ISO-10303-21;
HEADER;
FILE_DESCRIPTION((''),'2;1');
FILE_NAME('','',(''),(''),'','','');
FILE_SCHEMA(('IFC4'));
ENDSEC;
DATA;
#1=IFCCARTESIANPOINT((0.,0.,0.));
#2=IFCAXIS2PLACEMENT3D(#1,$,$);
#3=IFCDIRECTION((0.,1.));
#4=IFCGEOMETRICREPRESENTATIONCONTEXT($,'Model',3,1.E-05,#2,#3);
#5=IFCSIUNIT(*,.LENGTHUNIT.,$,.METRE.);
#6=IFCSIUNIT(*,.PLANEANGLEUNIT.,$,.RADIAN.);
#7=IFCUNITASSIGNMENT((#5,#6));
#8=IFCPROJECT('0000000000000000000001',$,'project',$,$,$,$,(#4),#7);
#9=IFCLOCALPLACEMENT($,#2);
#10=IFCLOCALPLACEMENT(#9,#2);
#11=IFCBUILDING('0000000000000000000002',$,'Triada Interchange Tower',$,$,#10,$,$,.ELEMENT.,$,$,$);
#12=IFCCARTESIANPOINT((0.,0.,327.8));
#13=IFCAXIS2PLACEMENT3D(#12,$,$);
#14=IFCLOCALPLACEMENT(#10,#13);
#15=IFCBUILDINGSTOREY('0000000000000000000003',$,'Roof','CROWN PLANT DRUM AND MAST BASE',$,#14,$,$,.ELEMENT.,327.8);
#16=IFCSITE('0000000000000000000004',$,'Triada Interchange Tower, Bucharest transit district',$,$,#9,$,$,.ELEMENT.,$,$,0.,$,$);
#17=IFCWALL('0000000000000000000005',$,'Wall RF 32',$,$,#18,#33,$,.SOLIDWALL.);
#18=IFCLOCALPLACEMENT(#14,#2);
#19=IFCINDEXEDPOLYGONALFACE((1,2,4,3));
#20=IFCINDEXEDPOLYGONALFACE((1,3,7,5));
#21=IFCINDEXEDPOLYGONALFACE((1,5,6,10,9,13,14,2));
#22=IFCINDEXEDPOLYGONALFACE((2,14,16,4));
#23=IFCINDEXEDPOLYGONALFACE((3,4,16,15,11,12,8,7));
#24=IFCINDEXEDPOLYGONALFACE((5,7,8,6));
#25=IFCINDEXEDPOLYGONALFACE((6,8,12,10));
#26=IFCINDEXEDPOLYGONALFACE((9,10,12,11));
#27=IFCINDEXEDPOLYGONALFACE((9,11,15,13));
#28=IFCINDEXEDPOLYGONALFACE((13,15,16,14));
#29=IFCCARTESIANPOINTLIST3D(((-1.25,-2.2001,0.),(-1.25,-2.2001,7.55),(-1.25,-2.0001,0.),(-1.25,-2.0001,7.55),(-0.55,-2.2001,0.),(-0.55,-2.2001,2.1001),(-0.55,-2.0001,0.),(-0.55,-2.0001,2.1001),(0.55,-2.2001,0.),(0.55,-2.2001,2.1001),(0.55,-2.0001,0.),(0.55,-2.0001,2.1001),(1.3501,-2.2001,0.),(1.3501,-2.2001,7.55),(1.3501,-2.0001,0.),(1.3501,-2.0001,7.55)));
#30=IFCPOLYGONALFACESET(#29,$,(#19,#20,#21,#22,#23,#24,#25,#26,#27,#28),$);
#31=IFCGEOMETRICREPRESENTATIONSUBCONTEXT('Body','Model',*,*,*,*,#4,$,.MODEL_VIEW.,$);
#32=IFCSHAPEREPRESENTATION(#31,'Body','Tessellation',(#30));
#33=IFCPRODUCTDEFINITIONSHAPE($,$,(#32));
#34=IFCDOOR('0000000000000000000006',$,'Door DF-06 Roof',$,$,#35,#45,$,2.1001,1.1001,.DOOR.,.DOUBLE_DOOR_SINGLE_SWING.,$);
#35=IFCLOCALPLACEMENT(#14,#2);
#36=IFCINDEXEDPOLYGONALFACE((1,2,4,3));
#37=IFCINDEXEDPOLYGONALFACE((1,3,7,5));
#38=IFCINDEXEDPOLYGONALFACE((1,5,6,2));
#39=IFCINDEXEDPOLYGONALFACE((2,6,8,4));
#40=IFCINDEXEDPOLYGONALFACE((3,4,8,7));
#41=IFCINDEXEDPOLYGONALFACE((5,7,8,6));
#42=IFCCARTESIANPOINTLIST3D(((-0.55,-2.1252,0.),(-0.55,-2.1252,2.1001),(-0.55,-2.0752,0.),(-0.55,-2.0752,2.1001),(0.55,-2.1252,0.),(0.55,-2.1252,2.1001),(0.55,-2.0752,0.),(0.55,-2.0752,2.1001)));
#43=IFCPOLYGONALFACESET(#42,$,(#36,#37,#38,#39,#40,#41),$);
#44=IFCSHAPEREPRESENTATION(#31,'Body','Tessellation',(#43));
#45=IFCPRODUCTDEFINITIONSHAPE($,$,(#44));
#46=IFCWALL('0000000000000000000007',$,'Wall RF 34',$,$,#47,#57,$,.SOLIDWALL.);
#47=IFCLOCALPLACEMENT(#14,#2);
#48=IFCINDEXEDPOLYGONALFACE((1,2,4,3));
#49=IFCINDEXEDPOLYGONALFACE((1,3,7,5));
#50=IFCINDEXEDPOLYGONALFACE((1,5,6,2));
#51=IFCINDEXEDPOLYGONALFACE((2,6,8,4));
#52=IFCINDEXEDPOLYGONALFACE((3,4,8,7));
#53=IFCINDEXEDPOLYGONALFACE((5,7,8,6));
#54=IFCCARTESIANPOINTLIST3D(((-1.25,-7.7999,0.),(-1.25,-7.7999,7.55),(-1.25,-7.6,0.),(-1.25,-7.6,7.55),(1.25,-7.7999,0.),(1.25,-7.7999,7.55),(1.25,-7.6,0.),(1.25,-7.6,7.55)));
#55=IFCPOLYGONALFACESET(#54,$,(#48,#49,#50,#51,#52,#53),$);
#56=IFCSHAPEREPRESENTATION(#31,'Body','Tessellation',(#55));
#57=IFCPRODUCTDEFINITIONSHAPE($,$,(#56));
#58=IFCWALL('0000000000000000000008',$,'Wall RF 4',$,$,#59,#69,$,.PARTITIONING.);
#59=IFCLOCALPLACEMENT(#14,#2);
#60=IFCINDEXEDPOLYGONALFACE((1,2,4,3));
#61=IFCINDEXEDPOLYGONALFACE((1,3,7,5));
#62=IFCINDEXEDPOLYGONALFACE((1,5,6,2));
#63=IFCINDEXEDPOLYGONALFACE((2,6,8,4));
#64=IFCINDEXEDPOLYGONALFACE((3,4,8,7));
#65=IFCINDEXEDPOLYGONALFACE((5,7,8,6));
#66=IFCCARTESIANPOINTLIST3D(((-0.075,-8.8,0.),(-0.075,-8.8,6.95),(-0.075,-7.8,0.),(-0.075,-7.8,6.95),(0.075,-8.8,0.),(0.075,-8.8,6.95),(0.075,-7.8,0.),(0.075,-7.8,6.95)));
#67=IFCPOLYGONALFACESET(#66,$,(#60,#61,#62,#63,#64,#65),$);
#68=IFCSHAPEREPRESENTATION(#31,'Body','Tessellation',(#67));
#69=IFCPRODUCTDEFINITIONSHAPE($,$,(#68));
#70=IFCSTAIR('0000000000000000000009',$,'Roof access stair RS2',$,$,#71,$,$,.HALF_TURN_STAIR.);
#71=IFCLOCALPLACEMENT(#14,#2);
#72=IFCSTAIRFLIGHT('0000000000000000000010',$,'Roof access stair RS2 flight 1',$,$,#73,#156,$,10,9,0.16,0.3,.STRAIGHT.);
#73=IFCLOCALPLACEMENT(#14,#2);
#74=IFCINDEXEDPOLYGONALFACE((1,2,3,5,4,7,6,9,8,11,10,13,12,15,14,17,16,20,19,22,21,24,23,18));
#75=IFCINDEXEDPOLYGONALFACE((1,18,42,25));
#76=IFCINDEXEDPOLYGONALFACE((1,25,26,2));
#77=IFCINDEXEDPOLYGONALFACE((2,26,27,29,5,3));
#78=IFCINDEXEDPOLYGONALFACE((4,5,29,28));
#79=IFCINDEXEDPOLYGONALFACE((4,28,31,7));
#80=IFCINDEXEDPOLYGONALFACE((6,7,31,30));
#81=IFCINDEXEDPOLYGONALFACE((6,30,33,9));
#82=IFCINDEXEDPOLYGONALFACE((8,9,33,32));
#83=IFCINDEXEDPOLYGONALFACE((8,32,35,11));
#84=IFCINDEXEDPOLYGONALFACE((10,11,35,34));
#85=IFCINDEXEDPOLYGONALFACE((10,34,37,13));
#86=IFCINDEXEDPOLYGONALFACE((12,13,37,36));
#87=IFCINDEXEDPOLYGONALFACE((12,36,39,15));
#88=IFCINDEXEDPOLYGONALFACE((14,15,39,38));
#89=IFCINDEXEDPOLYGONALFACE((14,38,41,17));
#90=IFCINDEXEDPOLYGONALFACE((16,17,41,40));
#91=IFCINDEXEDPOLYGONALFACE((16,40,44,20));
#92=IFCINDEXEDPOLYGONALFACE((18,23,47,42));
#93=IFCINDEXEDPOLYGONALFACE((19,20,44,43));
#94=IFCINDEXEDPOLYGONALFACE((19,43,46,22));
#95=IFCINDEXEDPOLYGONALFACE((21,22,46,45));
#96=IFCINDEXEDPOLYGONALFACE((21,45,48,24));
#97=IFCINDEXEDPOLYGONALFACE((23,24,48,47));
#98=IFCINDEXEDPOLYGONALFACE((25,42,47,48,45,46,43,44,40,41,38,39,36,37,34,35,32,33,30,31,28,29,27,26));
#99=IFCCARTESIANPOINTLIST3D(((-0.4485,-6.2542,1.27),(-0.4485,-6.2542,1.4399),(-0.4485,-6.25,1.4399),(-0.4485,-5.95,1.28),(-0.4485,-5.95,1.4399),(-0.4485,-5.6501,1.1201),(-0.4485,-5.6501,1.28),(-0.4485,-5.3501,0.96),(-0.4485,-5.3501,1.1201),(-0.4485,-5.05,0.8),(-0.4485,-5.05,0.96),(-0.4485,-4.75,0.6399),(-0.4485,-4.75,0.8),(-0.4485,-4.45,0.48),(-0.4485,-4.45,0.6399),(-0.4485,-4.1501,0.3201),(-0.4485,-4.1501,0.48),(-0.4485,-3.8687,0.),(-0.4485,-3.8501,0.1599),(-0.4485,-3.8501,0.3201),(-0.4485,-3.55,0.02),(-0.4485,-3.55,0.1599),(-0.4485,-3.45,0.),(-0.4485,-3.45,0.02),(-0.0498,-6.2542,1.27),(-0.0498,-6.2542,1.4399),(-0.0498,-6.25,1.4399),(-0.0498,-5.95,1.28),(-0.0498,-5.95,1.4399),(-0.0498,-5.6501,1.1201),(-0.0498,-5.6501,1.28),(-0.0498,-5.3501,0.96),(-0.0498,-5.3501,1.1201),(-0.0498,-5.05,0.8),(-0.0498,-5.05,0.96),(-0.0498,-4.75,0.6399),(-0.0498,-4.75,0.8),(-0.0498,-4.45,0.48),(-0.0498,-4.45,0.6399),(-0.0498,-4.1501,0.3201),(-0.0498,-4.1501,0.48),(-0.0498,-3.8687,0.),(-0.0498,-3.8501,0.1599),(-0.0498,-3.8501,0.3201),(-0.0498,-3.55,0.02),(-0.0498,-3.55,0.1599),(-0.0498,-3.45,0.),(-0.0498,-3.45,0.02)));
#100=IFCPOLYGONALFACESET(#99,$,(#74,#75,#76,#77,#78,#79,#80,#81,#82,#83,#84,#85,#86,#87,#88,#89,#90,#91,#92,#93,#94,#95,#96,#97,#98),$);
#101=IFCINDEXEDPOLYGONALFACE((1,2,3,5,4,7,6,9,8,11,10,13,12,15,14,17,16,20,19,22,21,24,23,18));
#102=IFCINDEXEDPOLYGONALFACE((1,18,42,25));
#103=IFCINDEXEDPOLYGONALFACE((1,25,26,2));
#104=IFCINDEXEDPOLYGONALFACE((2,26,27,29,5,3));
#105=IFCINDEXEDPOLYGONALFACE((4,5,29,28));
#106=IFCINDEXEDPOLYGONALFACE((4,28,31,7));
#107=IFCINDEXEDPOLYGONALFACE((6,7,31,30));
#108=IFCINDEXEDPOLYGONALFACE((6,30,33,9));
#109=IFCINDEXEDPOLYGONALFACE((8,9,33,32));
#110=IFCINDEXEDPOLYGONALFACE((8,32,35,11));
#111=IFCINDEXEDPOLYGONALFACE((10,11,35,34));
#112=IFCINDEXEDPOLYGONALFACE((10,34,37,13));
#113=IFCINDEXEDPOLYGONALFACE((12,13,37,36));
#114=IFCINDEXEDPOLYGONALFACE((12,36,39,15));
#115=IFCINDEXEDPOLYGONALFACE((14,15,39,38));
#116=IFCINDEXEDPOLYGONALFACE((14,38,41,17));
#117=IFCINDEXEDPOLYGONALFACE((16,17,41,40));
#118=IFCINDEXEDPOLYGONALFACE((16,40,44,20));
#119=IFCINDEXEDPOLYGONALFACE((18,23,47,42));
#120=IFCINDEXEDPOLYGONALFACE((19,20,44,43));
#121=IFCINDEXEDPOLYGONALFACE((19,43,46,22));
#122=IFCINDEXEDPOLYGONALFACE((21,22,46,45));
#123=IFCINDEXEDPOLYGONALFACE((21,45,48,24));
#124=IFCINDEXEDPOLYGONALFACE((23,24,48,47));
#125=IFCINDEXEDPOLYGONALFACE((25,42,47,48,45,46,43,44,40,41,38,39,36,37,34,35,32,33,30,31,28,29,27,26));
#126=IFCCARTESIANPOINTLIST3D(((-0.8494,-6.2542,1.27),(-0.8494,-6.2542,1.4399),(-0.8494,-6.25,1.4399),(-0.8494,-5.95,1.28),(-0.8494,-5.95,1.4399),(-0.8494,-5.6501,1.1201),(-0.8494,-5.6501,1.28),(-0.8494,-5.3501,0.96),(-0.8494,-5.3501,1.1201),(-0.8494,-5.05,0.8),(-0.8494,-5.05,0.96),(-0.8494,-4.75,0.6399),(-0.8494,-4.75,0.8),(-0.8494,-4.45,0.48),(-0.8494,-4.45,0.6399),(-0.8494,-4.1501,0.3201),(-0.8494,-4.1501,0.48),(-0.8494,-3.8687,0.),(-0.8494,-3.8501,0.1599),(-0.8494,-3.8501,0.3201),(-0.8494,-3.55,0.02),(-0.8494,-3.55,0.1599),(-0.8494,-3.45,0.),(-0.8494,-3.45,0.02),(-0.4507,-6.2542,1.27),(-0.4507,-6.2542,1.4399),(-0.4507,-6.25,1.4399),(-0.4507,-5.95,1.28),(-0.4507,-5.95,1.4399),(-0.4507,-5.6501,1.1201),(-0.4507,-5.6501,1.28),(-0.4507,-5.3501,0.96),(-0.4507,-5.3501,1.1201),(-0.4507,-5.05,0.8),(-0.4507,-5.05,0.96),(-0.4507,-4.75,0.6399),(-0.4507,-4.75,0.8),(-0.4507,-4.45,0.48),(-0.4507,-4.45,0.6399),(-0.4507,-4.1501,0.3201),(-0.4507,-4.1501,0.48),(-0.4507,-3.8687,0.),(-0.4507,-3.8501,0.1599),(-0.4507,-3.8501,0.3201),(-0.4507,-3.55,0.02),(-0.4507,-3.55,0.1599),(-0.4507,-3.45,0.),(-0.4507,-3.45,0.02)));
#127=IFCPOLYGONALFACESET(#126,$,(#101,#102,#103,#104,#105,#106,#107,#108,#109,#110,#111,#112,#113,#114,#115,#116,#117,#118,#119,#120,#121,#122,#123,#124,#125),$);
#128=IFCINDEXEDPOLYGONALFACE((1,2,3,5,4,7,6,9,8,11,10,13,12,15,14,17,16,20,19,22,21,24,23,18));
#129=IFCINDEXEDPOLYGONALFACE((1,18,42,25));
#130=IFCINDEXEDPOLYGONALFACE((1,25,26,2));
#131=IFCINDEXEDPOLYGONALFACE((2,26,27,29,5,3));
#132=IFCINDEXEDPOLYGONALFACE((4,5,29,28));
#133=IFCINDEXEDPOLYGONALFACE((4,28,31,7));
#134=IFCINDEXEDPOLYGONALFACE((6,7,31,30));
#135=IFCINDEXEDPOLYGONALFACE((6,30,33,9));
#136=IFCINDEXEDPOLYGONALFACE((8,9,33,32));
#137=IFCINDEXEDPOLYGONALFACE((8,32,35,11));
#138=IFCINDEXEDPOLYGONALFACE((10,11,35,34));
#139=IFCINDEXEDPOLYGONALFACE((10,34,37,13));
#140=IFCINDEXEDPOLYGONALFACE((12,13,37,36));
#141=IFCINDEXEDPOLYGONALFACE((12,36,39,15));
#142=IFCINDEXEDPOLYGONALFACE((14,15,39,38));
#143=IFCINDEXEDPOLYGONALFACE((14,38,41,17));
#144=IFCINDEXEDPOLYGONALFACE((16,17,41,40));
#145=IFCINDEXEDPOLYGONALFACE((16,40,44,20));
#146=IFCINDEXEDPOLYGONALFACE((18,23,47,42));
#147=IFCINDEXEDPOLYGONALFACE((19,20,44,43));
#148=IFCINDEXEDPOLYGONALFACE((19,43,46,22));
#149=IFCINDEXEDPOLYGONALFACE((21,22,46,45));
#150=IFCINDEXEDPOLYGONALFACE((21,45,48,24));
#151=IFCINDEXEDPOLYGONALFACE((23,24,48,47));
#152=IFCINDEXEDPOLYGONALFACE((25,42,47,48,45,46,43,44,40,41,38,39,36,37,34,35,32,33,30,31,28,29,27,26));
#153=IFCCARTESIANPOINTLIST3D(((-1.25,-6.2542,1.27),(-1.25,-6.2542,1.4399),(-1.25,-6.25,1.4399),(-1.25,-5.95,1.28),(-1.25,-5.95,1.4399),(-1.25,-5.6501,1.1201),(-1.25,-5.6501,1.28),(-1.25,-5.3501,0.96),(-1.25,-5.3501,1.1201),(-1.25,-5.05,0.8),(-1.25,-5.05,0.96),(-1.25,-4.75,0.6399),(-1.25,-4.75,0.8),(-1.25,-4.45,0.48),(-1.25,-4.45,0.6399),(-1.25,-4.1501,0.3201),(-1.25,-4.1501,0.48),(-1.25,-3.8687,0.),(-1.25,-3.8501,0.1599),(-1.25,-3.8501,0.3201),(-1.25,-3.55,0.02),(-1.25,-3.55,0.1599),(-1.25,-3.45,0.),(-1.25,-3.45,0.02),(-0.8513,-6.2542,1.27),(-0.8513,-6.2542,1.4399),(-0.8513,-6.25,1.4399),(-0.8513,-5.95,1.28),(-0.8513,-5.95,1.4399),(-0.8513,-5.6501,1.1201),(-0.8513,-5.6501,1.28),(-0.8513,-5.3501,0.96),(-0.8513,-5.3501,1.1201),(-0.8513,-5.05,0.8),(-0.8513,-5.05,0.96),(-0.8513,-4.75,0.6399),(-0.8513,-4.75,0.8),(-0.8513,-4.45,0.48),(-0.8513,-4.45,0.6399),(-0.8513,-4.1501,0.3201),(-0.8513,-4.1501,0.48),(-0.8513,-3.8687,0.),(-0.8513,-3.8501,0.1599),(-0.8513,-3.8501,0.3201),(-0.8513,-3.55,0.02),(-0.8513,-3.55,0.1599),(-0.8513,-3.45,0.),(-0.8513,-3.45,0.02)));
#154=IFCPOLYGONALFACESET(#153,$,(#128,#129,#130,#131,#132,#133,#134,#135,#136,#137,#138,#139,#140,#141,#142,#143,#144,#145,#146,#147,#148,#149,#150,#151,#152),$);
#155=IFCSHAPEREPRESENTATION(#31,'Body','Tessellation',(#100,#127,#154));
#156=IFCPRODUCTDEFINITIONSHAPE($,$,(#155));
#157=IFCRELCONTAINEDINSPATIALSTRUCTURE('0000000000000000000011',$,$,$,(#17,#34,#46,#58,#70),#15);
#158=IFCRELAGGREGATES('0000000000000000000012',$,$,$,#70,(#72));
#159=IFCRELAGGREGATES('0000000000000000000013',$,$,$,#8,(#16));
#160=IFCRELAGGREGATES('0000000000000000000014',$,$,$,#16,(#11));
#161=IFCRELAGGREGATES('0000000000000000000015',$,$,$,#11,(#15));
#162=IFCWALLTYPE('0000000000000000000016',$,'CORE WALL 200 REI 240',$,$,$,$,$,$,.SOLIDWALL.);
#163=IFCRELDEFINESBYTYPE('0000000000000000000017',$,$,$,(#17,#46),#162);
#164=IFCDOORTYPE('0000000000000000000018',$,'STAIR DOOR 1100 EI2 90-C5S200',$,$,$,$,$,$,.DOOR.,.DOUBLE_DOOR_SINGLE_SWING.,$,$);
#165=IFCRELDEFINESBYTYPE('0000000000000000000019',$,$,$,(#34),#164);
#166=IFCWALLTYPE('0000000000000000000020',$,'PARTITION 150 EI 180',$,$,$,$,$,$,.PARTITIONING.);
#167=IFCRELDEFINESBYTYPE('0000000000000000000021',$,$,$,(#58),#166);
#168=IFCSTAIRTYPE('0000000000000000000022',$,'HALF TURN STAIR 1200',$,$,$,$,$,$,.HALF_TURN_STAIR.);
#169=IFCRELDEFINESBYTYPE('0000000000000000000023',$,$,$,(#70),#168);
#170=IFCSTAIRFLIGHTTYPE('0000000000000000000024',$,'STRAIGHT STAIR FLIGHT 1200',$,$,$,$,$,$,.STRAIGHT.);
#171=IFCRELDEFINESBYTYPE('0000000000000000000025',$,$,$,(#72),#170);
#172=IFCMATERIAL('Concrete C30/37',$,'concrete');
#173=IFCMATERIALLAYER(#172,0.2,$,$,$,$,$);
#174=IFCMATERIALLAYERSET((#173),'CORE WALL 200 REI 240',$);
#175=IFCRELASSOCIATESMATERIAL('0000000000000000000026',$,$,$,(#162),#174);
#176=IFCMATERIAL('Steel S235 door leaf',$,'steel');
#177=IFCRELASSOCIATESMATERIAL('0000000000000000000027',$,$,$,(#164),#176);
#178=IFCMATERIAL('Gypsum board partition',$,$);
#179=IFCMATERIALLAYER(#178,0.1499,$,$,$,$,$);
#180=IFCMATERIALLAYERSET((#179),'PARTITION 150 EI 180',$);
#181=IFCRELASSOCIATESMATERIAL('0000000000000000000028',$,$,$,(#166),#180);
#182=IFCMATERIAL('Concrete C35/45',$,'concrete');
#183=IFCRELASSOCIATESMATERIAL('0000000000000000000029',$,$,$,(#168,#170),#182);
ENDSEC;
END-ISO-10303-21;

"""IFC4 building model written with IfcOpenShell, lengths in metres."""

from ifc_helpers import new_model, si_unit, direction, frame, frame_2d, origin, place, context, subcontext, project, spatial, polyline, rectangle, outline, extrude, material, layer, layer_set, type_object, element, fill, aggregate, save


model = new_model("IFC4")

# Units and contexts
model_context = context("Model", 3, precision=1e-05, world=origin(), true_north=direction((0.0, 1.0)))
body_context = subcontext(model_context, "Body", "Model", "MODEL_VIEW")
ifc_project = project(units=[si_unit("LENGTHUNIT", "METRE"), si_unit("PLANEANGLEUNIT", "RADIAN")], contexts=[model_context])

# Site, building, storey
site_placement = place(None, origin())
site = spatial("IfcSite", under=ifc_project, at=site_placement, Name="Triada Interchange Tower, Bucharest transit district", CompositionType="ELEMENT", RefElevation=0.0)
building_placement = place(site_placement, origin())
building = spatial("IfcBuilding", under=site, at=building_placement, Name="Triada Interchange Tower", CompositionType="ELEMENT")
storey_placement = place(building_placement, frame((0.0, 0.0, 327.8)))
storey = spatial("IfcBuildingStorey", under=building, at=storey_placement, Name="Roof", Description="CROWN PLANT DRUM AND MAST BASE", CompositionType="ELEMENT", Elevation=327.8)

# Shared definitions
ifc_material_1 = material(Name="Concrete C30/37", Category="concrete")
ifc_material_2 = material(Name="Steel S235 door leaf", Category="steel")

# Shared definitions
ifc_layer_1 = layer(ifc_material_1, 0.2)
ifc_layer_set_1 = layer_set([ifc_layer_1], Name="CORE WALL 200 REI 240")
wall_type_1 = type_object("IfcWallType", Name="CORE WALL 200 REI 240", PredefinedType="SOLIDWALL", material=ifc_layer_set_1)

# Wall, opening, door
wall_1_placement = place(storey_placement, frame((-1.25, -2.1001, 0.0), z_axis=(0.0, 0.0, 1.0), x_axis=(1.0, 0.0, 0.0)))
wall_1 = element("IfcWall", 1, at=wall_1_placement, inside=storey, type_object=wall_type_1, Name="Wall RF 32", PredefinedType="SOLIDWALL", context=body_context, shape_type="SweptSolid", body=[
    extrude(rectangle(XDim=2.6001, YDim=0.2, at=frame_2d((1.3, 0.0))), origin(), (0.0, 0.0, 1.0), 7.55),
])
opening_1_placement = place(wall_1_placement, frame((0.7, 0.0, 0.0)))
opening_1 = element("IfcOpeningElement", 2, at=opening_1_placement, cuts=wall_1, PredefinedType="OPENING", context=body_context, shape_type="SweptSolid", body=[
    extrude(rectangle(XDim=1.1001, YDim=2.1001, at=frame_2d((0.55, 1.05))), frame((0.0, 0.1099, 0.0), z_axis=(0.0, -1.0, 0.0), x_axis=(1.0, 0.0, 0.0)), (0.0, 0.0, 1.0), 0.22),
])
door_type_1 = type_object("IfcDoorType", Name="STAIR DOOR 1100 EI2 90-C5S200", OperationType="DOUBLE_DOOR_SINGLE_SWING", PredefinedType="DOOR", material=ifc_material_2)
door_1_placement = place(opening_1_placement, origin())
door_1 = element("IfcDoor", 3, at=door_1_placement, inside=storey, type_object=door_type_1, Name="Door DF-06 Roof", OperationType="DOUBLE_DOOR_SINGLE_SWING", OverallHeight=2.1001, OverallWidth=1.1001, PredefinedType="DOOR", context=body_context, shape_type="SweptSolid", body=[
    extrude(rectangle(XDim=1.1001, YDim=2.1001, at=frame_2d((0.55, 1.05))), frame((0.0, 0.0249, 0.0), z_axis=(0.0, -1.0, 0.0), x_axis=(1.0, 0.0, 0.0)), (0.0, 0.0, 1.0), 0.05),
])
fill(opening_1, door_1)

# Walls
wall_2_placement = place(storey_placement, frame((-1.25, -7.7, 0.0), z_axis=(0.0, 0.0, 1.0), x_axis=(1.0, 0.0, 0.0)))
element("IfcWall", 4, at=wall_2_placement, inside=storey, type_object=wall_type_1, Name="Wall RF 34", PredefinedType="SOLIDWALL", context=body_context, shape_type="SweptSolid", body=[
    extrude(rectangle(XDim=2.5, YDim=0.2, at=frame_2d((1.25, 0.0))), origin(), (0.0, 0.0, 1.0), 7.55),
])
ifc_material_3 = material(Name="Gypsum board partition")
ifc_layer_2 = layer(ifc_material_3, 0.1499)
ifc_layer_set_2 = layer_set([ifc_layer_2], Name="PARTITION 150 EI 180")
wall_type_2 = type_object("IfcWallType", Name="PARTITION 150 EI 180", PredefinedType="PARTITIONING", material=ifc_layer_set_2)
wall_3_placement = place(storey_placement, frame((0.0, -8.8, 0.0), z_axis=(0.0, 0.0, 1.0), x_axis=(0.0, 1.0, 0.0)))
element("IfcWall", 5, at=wall_3_placement, inside=storey, type_object=wall_type_2, Name="Wall RF 4", PredefinedType="PARTITIONING", context=body_context, shape_type="SweptSolid", body=[
    extrude(rectangle(XDim=1.0, YDim=0.1499, at=frame_2d((0.5, 0.0))), origin(), (0.0, 0.0, 1.0), 6.95),
])

# Stair, stair flight
ifc_material_4 = material(Name="Concrete C35/45", Category="concrete")
stair_type = type_object("IfcStairType", Name="HALF TURN STAIR 1200", PredefinedType="HALF_TURN_STAIR", material=ifc_material_4)
stair_placement = place(storey_placement, origin())
stair = element("IfcStair", 6, at=stair_placement, inside=storey, type_object=stair_type, Name="Roof access stair RS2", PredefinedType="HALF_TURN_STAIR")
stair_flight_type = type_object("IfcStairFlightType", Name="STRAIGHT STAIR FLIGHT 1200", PredefinedType="STRAIGHT", material=ifc_material_4)
stair_flight_1_placement = place(storey_placement, frame((-0.6499, -3.55, 0.0), z_axis=(0.0, 0.0, 1.0), x_axis=(0.0, -1.0, 0.0)))
stair_flight_1 = element("IfcStairFlight", 7, at=stair_flight_1_placement, type_object=stair_flight_type, Name="Roof access stair RS2 flight 1", NumberOfRisers=10, NumberOfTreads=9, PredefinedType="STRAIGHT", RiserHeight=0.16, TreadLength=0.3, context=body_context, shape_type="SweptSolid", body=[
    extrude(outline(polyline([(-0.1001, 0.0), (-0.1001, 0.02), (0.0, 0.02), (0.0, 0.1599), (0.3, 0.1599), (0.3, 0.3201), (0.6001, 0.3201), (0.6001, 0.48), (0.8999, 0.48), (0.8999, 0.6399), (1.2, 0.6399), (1.2, 0.8), (1.5, 0.8), (1.5, 0.96), (1.8, 0.96), (1.8, 1.1201), (2.1001, 1.1201), (2.1001, 1.28), (2.3999, 1.28), (2.3999, 1.4399), (2.7, 1.4399), (2.7041, 1.4399), (2.7041, 1.6001), (2.7041, 1.27), (0.3186, 0.0), (-0.1001, 0.0)])), frame((0.0, 0.6001, 0.0), z_axis=(0.0, -1.0, 0.0), x_axis=(1.0, 0.0, 0.0)), (0.0, 0.0, 1.0), 0.3987),
    extrude(outline(polyline([(-0.1001, 0.0), (-0.1001, 0.02), (0.0, 0.02), (0.0, 0.1599), (0.3, 0.1599), (0.3, 0.3201), (0.6001, 0.3201), (0.6001, 0.48), (0.8999, 0.48), (0.8999, 0.6399), (1.2, 0.6399), (1.2, 0.8), (1.5, 0.8), (1.5, 0.96), (1.8, 0.96), (1.8, 1.1201), (2.1001, 1.1201), (2.1001, 1.28), (2.3999, 1.28), (2.3999, 1.4399), (2.7, 1.4399), (2.7041, 1.4399), (2.7041, 1.6001), (2.7041, 1.27), (0.3186, 0.0), (-0.1001, 0.0)])), frame((0.0, 0.1992, 0.0), z_axis=(0.0, -1.0, 0.0), x_axis=(1.0, 0.0, 0.0)), (0.0, 0.0, 1.0), 0.3987),
    extrude(outline(polyline([(-0.1001, 0.0), (-0.1001, 0.02), (0.0, 0.02), (0.0, 0.1599), (0.3, 0.1599), (0.3, 0.3201), (0.6001, 0.3201), (0.6001, 0.48), (0.8999, 0.48), (0.8999, 0.6399), (1.2, 0.6399), (1.2, 0.8), (1.5, 0.8), (1.5, 0.96), (1.8, 0.96), (1.8, 1.1201), (2.1001, 1.1201), (2.1001, 1.28), (2.3999, 1.28), (2.3999, 1.4399), (2.7, 1.4399), (2.7041, 1.4399), (2.7041, 1.6001), (2.7041, 1.27), (0.3186, 0.0), (-0.1001, 0.0)])), frame((0.0, -0.2014, 0.0), z_axis=(0.0, -1.0, 0.0), x_axis=(1.0, 0.0, 0.0)), (0.0, 0.0, 1.0), 0.3987),
])

aggregate(stair, [stair_flight_1])

save(model, "model.ifc")
